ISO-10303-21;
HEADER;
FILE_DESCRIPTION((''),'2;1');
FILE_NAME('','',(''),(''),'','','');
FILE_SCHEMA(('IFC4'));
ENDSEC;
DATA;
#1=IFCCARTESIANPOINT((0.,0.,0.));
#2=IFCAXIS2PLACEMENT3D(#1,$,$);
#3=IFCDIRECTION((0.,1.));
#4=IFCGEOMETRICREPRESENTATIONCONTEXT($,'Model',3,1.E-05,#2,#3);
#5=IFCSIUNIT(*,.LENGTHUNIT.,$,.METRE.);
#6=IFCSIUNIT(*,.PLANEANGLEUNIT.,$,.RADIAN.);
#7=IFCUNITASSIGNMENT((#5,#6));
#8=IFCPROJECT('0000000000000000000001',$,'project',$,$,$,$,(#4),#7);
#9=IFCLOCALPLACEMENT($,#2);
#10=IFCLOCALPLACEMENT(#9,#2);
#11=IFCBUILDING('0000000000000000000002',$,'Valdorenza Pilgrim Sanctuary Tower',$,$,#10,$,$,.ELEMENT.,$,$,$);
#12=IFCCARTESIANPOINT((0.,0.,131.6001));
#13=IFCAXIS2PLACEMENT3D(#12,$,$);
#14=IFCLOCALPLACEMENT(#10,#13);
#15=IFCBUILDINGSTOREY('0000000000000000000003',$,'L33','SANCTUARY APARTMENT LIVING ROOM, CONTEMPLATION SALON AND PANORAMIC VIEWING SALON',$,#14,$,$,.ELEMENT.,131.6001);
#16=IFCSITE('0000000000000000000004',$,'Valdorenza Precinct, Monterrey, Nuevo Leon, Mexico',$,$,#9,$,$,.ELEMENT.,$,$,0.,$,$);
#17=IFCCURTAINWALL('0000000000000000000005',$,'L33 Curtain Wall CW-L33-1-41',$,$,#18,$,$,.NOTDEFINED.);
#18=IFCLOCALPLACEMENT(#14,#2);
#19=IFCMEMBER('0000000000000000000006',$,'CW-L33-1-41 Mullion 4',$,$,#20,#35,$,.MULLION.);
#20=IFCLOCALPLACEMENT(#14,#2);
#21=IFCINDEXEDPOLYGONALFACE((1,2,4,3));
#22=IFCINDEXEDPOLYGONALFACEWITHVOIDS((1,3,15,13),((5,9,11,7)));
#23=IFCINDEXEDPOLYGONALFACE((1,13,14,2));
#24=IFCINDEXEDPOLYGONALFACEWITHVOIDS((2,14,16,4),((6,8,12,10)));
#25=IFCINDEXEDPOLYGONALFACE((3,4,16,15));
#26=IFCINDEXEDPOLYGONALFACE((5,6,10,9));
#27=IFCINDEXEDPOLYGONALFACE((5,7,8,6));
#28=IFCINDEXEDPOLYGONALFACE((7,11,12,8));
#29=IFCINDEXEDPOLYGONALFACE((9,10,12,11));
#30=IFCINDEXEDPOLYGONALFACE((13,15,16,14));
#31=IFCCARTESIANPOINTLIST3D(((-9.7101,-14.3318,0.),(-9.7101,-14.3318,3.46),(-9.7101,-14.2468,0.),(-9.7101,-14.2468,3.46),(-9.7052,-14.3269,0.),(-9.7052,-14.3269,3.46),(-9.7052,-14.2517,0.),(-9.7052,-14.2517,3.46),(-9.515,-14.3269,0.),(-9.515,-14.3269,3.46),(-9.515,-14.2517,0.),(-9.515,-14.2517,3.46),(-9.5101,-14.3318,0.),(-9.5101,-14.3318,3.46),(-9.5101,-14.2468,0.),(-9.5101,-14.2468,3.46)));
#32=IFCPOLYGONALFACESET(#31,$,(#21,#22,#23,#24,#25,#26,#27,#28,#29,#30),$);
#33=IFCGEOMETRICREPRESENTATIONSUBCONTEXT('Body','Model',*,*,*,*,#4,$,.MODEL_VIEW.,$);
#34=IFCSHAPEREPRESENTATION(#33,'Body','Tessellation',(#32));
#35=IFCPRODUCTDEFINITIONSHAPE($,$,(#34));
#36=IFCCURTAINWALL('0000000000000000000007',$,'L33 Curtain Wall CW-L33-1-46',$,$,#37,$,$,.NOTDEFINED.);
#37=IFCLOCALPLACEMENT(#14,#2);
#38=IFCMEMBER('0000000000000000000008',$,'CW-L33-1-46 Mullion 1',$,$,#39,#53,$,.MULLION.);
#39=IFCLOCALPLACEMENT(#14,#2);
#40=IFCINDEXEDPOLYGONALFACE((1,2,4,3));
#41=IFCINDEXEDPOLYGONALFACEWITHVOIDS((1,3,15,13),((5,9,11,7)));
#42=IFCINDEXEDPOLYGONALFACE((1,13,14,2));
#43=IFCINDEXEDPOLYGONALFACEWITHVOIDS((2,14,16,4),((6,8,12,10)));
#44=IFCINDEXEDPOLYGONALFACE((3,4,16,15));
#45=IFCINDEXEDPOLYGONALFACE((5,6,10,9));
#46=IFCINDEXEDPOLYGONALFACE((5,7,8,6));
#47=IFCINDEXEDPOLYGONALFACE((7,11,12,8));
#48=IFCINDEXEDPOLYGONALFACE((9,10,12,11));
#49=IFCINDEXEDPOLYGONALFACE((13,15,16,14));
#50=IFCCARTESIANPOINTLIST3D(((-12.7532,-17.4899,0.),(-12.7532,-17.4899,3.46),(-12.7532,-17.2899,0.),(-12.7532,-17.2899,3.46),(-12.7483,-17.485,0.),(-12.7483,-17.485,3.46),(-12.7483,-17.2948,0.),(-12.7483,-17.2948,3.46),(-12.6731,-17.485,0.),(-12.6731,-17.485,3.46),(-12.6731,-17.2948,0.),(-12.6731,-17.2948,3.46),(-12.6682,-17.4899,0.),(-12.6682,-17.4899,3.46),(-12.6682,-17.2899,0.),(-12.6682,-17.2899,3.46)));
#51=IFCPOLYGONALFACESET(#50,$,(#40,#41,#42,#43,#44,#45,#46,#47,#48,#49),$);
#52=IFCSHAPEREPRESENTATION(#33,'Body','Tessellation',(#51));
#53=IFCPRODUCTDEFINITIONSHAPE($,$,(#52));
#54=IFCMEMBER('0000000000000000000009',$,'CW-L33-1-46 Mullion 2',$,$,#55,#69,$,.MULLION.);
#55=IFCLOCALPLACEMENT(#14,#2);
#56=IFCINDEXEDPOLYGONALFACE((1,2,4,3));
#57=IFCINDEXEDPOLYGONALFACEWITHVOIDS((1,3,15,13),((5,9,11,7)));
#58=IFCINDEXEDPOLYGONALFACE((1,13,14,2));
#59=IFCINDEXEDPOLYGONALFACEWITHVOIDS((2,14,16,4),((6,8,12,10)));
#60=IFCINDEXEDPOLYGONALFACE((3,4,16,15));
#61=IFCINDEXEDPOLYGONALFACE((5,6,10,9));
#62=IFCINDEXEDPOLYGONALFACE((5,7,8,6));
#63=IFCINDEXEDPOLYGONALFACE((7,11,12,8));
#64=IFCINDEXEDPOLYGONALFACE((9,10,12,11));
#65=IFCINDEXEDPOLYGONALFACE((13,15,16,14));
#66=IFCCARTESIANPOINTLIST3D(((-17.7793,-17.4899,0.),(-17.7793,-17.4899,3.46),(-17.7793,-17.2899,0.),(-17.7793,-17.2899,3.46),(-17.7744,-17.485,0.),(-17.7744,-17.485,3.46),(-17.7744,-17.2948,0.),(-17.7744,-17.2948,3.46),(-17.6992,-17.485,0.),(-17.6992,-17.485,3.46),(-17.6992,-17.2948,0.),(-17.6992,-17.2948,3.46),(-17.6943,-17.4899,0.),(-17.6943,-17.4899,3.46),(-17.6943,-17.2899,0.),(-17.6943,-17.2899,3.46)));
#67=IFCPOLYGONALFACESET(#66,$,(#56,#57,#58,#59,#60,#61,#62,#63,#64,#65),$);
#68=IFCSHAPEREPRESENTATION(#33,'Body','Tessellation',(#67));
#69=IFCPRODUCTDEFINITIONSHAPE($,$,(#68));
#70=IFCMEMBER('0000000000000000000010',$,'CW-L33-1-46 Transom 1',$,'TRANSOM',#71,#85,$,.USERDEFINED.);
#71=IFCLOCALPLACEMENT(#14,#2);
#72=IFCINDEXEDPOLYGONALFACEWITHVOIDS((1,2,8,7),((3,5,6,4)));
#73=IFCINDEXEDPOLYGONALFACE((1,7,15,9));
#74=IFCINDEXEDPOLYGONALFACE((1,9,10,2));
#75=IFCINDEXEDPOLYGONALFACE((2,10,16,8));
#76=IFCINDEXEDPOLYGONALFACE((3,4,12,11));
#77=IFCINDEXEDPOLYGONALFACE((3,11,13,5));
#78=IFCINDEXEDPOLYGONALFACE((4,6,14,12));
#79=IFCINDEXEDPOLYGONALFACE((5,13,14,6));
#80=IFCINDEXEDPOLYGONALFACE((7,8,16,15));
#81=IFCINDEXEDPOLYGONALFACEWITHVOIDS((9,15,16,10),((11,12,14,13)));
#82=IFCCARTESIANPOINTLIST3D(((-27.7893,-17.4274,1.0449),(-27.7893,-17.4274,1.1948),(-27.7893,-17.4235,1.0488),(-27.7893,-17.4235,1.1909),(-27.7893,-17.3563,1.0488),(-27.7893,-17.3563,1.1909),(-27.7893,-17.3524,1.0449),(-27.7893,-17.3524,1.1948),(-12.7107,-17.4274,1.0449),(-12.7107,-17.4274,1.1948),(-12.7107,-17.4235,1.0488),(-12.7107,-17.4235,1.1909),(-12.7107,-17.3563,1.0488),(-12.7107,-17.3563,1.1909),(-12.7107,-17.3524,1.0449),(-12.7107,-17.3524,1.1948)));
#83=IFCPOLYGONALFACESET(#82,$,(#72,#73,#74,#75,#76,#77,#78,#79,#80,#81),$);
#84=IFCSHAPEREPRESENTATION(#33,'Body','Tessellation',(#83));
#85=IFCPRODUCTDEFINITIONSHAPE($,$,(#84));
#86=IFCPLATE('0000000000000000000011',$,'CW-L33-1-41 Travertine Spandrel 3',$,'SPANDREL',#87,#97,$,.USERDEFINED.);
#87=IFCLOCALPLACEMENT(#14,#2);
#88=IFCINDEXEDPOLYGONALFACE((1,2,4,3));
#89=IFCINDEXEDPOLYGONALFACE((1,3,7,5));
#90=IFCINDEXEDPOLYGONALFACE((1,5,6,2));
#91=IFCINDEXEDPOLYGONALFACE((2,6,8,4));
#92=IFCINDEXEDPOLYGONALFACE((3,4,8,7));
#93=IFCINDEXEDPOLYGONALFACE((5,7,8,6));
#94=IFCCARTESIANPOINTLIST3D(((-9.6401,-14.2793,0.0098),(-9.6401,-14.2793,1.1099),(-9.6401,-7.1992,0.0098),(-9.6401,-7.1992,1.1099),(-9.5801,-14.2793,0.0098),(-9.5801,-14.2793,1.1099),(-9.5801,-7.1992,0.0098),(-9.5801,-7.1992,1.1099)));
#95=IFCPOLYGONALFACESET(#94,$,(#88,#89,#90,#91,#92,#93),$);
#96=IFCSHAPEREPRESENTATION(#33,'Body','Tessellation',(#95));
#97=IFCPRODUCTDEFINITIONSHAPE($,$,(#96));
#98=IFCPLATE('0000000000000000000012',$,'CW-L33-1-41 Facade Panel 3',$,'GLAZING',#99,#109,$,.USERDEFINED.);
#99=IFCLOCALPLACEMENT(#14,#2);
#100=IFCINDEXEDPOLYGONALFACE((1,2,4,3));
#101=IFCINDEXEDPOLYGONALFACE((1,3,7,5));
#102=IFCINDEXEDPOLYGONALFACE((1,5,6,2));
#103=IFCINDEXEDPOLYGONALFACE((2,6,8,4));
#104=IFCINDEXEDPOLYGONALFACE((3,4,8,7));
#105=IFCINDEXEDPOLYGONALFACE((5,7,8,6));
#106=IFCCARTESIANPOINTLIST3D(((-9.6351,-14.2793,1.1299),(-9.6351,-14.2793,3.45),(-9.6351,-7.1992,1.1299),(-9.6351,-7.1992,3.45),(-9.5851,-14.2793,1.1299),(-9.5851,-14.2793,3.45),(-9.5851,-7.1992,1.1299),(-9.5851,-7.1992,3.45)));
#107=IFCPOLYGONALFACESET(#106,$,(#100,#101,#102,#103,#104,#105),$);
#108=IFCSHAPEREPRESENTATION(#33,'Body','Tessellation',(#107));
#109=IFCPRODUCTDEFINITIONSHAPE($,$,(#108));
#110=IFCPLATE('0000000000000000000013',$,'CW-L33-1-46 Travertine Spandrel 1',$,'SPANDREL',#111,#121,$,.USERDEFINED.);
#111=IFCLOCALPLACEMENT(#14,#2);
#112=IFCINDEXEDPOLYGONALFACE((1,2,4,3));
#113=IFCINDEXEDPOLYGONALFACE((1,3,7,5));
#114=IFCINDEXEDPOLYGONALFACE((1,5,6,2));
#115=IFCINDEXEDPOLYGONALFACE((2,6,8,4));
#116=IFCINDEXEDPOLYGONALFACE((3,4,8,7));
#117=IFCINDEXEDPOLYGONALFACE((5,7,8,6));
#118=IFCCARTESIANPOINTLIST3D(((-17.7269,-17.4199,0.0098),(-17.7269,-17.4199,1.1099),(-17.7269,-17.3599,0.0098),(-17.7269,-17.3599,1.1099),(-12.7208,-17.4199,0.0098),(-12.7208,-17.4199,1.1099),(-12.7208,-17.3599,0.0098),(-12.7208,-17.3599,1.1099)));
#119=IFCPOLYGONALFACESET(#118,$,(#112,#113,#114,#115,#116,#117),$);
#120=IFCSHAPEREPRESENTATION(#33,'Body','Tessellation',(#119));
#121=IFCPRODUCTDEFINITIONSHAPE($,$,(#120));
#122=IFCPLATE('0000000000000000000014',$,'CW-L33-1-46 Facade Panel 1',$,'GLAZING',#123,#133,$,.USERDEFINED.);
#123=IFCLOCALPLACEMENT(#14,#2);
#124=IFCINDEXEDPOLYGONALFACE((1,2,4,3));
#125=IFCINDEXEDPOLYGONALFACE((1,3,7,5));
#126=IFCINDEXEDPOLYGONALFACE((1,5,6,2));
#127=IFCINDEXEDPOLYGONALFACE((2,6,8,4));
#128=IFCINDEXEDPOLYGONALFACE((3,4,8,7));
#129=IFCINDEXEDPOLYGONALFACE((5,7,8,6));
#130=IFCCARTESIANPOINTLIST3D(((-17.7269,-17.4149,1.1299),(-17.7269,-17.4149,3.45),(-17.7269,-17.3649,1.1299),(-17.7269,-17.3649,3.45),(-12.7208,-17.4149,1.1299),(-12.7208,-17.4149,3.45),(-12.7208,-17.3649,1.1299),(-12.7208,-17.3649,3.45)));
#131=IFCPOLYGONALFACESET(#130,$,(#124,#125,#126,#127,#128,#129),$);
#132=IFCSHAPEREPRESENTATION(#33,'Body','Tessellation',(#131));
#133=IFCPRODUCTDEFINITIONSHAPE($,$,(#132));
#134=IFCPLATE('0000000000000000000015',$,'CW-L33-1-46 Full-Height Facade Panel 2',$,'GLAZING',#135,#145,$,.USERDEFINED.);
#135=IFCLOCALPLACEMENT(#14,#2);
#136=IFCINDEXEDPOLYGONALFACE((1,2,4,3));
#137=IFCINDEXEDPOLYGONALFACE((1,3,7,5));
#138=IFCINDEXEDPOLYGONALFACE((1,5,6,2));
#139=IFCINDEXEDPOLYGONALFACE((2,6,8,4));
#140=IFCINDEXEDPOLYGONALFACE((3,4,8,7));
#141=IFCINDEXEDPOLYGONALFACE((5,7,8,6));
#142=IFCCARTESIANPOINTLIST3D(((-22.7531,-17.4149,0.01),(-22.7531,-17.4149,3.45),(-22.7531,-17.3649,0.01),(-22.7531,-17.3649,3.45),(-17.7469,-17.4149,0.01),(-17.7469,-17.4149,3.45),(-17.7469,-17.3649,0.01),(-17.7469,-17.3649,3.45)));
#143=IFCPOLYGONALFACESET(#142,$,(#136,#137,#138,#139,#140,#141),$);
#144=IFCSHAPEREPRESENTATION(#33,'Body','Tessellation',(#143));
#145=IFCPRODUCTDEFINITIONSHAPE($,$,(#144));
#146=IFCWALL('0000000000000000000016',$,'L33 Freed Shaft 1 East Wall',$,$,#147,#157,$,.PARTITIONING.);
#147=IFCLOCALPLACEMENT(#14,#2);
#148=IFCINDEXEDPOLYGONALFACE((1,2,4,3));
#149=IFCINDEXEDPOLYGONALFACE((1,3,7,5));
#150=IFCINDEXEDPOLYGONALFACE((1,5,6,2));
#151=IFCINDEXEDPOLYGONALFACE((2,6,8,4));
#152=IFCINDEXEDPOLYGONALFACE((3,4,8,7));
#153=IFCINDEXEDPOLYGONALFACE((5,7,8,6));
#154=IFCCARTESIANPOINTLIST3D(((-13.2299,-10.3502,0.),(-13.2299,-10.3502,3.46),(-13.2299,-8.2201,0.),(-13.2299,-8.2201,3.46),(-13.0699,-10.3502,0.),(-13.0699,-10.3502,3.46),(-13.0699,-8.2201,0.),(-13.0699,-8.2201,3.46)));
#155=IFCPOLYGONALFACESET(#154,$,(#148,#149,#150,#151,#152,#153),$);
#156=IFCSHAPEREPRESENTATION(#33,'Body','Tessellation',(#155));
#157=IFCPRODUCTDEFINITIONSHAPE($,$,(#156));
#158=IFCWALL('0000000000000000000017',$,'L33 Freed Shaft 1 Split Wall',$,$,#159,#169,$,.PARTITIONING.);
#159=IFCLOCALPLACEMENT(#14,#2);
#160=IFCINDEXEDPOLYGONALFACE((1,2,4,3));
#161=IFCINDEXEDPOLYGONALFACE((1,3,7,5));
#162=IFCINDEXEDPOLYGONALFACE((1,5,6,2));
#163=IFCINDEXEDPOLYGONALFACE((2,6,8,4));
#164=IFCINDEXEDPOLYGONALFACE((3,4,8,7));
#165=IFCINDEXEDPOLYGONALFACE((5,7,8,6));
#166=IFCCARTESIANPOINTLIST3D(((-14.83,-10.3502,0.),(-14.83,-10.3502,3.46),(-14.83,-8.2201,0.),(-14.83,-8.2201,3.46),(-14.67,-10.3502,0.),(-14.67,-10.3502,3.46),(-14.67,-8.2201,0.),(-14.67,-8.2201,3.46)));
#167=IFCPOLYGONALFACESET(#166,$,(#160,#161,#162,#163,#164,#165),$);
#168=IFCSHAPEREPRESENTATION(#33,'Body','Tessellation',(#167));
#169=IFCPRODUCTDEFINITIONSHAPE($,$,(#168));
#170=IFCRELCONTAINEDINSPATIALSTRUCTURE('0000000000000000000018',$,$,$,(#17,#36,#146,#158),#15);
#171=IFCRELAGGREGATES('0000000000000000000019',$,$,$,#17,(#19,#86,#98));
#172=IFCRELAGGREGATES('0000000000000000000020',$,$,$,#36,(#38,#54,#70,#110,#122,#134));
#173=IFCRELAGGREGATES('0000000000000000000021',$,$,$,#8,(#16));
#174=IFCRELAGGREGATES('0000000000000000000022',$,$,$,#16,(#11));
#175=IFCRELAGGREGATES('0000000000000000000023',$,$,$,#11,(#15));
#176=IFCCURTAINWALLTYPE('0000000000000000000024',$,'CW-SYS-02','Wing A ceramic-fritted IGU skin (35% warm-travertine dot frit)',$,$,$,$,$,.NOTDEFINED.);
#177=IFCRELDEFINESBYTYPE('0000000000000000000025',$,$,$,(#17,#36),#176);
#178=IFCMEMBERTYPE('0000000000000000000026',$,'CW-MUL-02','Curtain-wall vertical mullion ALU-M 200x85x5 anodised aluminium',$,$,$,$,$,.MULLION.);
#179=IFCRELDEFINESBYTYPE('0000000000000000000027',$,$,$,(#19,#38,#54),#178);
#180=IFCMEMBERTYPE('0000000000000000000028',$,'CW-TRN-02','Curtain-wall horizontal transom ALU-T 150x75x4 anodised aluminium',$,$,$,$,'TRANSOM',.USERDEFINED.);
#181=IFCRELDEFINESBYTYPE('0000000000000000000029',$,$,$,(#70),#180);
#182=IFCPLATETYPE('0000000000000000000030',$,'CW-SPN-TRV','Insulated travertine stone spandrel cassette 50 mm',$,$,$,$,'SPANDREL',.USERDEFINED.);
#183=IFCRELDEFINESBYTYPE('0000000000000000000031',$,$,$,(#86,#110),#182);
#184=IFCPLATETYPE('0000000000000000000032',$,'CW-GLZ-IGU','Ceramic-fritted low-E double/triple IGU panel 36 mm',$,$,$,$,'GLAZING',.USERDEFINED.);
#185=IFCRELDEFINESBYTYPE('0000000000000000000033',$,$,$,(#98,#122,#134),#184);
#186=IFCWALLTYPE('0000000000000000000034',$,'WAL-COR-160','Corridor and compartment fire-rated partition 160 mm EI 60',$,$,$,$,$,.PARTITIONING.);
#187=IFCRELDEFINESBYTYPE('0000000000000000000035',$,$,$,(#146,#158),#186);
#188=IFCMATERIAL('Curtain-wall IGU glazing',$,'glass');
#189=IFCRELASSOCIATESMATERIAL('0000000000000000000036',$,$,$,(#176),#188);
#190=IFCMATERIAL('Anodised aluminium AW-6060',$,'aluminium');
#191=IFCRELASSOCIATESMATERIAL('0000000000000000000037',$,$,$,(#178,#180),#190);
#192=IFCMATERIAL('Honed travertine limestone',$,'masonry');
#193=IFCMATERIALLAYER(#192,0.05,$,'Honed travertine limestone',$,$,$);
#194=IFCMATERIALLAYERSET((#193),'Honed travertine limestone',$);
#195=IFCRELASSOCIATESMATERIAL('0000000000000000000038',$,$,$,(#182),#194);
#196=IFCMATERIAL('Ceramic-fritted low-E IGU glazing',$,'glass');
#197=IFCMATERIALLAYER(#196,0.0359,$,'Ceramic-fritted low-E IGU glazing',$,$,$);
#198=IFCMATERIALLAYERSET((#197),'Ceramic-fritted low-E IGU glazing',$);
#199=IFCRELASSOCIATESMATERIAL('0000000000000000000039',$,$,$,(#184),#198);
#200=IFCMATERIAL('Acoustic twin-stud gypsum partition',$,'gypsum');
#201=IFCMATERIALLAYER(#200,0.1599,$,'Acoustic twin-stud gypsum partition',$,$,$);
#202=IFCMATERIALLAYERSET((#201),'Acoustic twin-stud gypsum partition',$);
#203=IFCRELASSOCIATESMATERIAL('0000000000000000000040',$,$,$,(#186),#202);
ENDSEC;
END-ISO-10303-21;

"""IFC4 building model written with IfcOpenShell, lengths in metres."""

from ifc_helpers import new_model, si_unit, direction, frame, frame_2d, origin, origin_2d, place, context, subcontext, project, spatial, rectangle, hollow_rectangle, extrude, source, transform, mapped, material, layer, layer_set, material_profile, profile_set, type_object, element, aggregate, save


model = new_model("IFC4")

# Units and contexts
model_context = context("Model", 3, precision=1e-05, world=origin(), true_north=direction((0.0, 1.0)))
body_context = subcontext(model_context, "Body", "Model", "MODEL_VIEW")
ifc_project = project(units=[si_unit("LENGTHUNIT", "METRE"), si_unit("PLANEANGLEUNIT", "RADIAN")], contexts=[model_context])

# Site, building, storey
site_placement = place(None, origin())
site = spatial("IfcSite", under=ifc_project, at=site_placement, Name="Valdorenza Precinct, Monterrey, Nuevo Leon, Mexico", CompositionType="ELEMENT", RefElevation=0.0)
building_placement = place(site_placement, origin())
building = spatial("IfcBuilding", under=site, at=building_placement, Name="Valdorenza Pilgrim Sanctuary Tower", CompositionType="ELEMENT")
storey_placement = place(building_placement, frame((0.0, 0.0, 131.6001)))
storey = spatial("IfcBuildingStorey", under=building, at=storey_placement, Name="L33", Description="SANCTUARY APARTMENT LIVING ROOM, CONTEMPLATION SALON AND PANORAMIC VIEWING SALON", CompositionType="ELEMENT", Elevation=131.6001)

# Curtain wall, member
ifc_material_1 = material(Name="Curtain-wall IGU glazing", Category="glass")
curtain_wall_type = type_object("IfcCurtainWallType", Name="CW-SYS-02", Description="Wing A ceramic-fritted IGU skin (35% warm-travertine dot frit)", PredefinedType="NOTDEFINED", material=ifc_material_1)
curtain_wall_1_placement = place(storey_placement, origin())
curtain_wall_1 = element("IfcCurtainWall", 1, at=curtain_wall_1_placement, inside=storey, type_object=curtain_wall_type, Name="L33 Curtain Wall CW-L33-1-41", PredefinedType="NOTDEFINED")
ifc_material_2 = material(Name="Anodised aluminium AW-6060", Category="aluminium")
ifc_material_profile_1 = material_profile(ifc_material_2, hollow_rectangle(XDim=0.085, YDim=0.2, WallThickness=0.0049, at=origin_2d()), Name="ALU-M 200x85x5")
ifc_profile_set_1 = profile_set([ifc_material_profile_1], Name="Anodised aluminium AW-6060")
member_type_1 = type_object("IfcMemberType", Name="CW-MUL-02", Description="Curtain-wall vertical mullion ALU-M 200x85x5 anodised aluminium", PredefinedType="MULLION", material=ifc_profile_set_1)
shared_shape_1 = source(origin(), body_context, "Body", "SweptSolid", [
    extrude(hollow_rectangle(XDim=0.085, YDim=0.2, WallThickness=0.0049, at=origin_2d()), origin(), (0.0, 0.0, 1.0), 3.46),
])
member_1_placement = place(storey_placement, frame((-9.6101, -14.2893, 0.0), z_axis=(0.0, 0.0, 1.0), x_axis=(0.0, -1.0, 0.0)))
member_1 = element("IfcMember", 2, at=member_1_placement, type_object=member_type_1, Name="CW-L33-1-41 Mullion 4", PredefinedType="MULLION", context=body_context, shape_type="MappedRepresentation", body=[
    mapped(shared_shape_1, transform((0.0, 0.0, 0.0), x_axis=(1.0, 0.0, 0.0), y_axis=(0.0, 1.0, 0.0), z_axis=(0.0, 0.0, 1.0), scale=1.0)),
])

# Curtain wall, members
curtain_wall_2_placement = place(storey_placement, origin())
curtain_wall_2 = element("IfcCurtainWall", 3, at=curtain_wall_2_placement, inside=storey, type_object=curtain_wall_type, Name="L33 Curtain Wall CW-L33-1-46", PredefinedType="NOTDEFINED")
member_2_placement = place(storey_placement, frame((-12.7107, -17.3899, 0.0), z_axis=(0.0, 0.0, 1.0), x_axis=(-1.0, 0.0, 0.0)))
member_2 = element("IfcMember", 4, at=member_2_placement, type_object=member_type_1, Name="CW-L33-1-46 Mullion 1", PredefinedType="MULLION", context=body_context, shape_type="MappedRepresentation", body=[
    mapped(shared_shape_1, transform((0.0, 0.0, 0.0), x_axis=(1.0, 0.0, 0.0), y_axis=(0.0, 1.0, 0.0), z_axis=(0.0, 0.0, 1.0), scale=1.0)),
])
member_3_placement = place(storey_placement, frame((-17.7368, -17.3899, 0.0), z_axis=(0.0, 0.0, 1.0), x_axis=(-1.0, 0.0, 0.0)))
member_3 = element("IfcMember", 5, at=member_3_placement, type_object=member_type_1, Name="CW-L33-1-46 Mullion 2", PredefinedType="MULLION", context=body_context, shape_type="MappedRepresentation", body=[
    mapped(shared_shape_1, transform((0.0, 0.0, 0.0), x_axis=(1.0, 0.0, 0.0), y_axis=(0.0, 1.0, 0.0), z_axis=(0.0, 0.0, 1.0), scale=1.0)),
])
ifc_material_profile_2 = material_profile(ifc_material_2, hollow_rectangle(XDim=0.075, YDim=0.1499, WallThickness=0.0039, at=origin_2d()), Name="ALU-T 150x75x4")
ifc_profile_set_2 = profile_set([ifc_material_profile_2], Name="Anodised aluminium AW-6060")
member_type_2 = type_object("IfcMemberType", Name="CW-TRN-02", Description="Curtain-wall horizontal transom ALU-T 150x75x4 anodised aluminium", ElementType="TRANSOM", PredefinedType="USERDEFINED", material=ifc_profile_set_2)
shared_shape_2 = source(origin(), body_context, "Body", "SweptSolid", [
    extrude(hollow_rectangle(XDim=0.075, YDim=0.1499, WallThickness=0.0039, at=origin_2d()), origin(), (0.0, 0.0, 1.0), 15.0786),
])
member_4_placement = place(storey_placement, frame((-12.7107, -17.3899, 1.1199), z_axis=(-1.0, 0.0, 0.0), x_axis=(0.0, -1.0, 0.0)))
member_4 = element("IfcMember", 6, at=member_4_placement, type_object=member_type_2, Name="CW-L33-1-46 Transom 1", ObjectType="TRANSOM", PredefinedType="USERDEFINED", context=body_context, shape_type="MappedRepresentation", body=[
    mapped(shared_shape_2, transform((0.0, 0.0, 0.0), x_axis=(1.0, 0.0, 0.0), y_axis=(0.0, 1.0, 0.0), z_axis=(0.0, 0.0, 1.0), scale=1.0)),
])

# Plates
ifc_material_3 = material(Name="Honed travertine limestone", Category="masonry")
ifc_layer_1 = layer(ifc_material_3, 0.05, Name="Honed travertine limestone")
ifc_layer_set_1 = layer_set([ifc_layer_1], Name="Honed travertine limestone")
plate_type_1 = type_object("IfcPlateType", Name="CW-SPN-TRV", Description="Insulated travertine stone spandrel cassette 50 mm", ElementType="SPANDREL", PredefinedType="USERDEFINED", material=ifc_layer_set_1)
shared_shape_3 = source(origin(), body_context, "Body", "SweptSolid", [
    extrude(rectangle(XDim=7.0801, YDim=0.0601, at=origin_2d()), origin(), (0.0, 0.0, 1.0), 1.1001),
])
plate_1_placement = place(storey_placement, frame((-9.6101, -10.7393, 0.0098), z_axis=(0.0, 0.0, 1.0), x_axis=(0.0, -1.0, 0.0)))
plate_1 = element("IfcPlate", 7, at=plate_1_placement, type_object=plate_type_1, Name="CW-L33-1-41 Travertine Spandrel 3", ObjectType="SPANDREL", PredefinedType="USERDEFINED", context=body_context, shape_type="MappedRepresentation", body=[
    mapped(shared_shape_3, transform((0.0, 0.0, 0.0), x_axis=(1.0, 0.0, 0.0), y_axis=(0.0, 1.0, 0.0), z_axis=(0.0, 0.0, 1.0), scale=1.0)),
])
ifc_material_4 = material(Name="Ceramic-fritted low-E IGU glazing", Category="glass")
ifc_layer_2 = layer(ifc_material_4, 0.0359, Name="Ceramic-fritted low-E IGU glazing")
ifc_layer_set_2 = layer_set([ifc_layer_2], Name="Ceramic-fritted low-E IGU glazing")
plate_type_2 = type_object("IfcPlateType", Name="CW-GLZ-IGU", Description="Ceramic-fritted low-E double/triple IGU panel 36 mm", ElementType="GLAZING", PredefinedType="USERDEFINED", material=ifc_layer_set_2)
shared_shape_4 = source(origin(), body_context, "Body", "SweptSolid", [
    extrude(rectangle(XDim=7.0801, YDim=0.05, at=origin_2d()), origin(), (0.0, 0.0, 1.0), 2.3201),
])
plate_2_placement = place(storey_placement, frame((-9.6101, -10.7393, 1.1299), z_axis=(0.0, 0.0, 1.0), x_axis=(0.0, -1.0, 0.0)))
plate_2 = element("IfcPlate", 8, at=plate_2_placement, type_object=plate_type_2, Name="CW-L33-1-41 Facade Panel 3", ObjectType="GLAZING", PredefinedType="USERDEFINED", context=body_context, shape_type="MappedRepresentation", body=[
    mapped(shared_shape_4, transform((0.0, 0.0, 0.0), x_axis=(1.0, 0.0, 0.0), y_axis=(0.0, 1.0, 0.0), z_axis=(0.0, 0.0, 1.0), scale=1.0)),
])
aggregate(curtain_wall_1, [member_1, plate_1, plate_2])
shared_shape_5 = source(origin(), body_context, "Body", "SweptSolid", [
    extrude(rectangle(XDim=5.0061, YDim=0.0601, at=origin_2d()), origin(), (0.0, 0.0, 1.0), 1.1001),
])
plate_3_placement = place(storey_placement, frame((-15.2239, -17.3899, 0.0098), z_axis=(0.0, 0.0, 1.0), x_axis=(-1.0, 0.0, 0.0)))
plate_3 = element("IfcPlate", 9, at=plate_3_placement, type_object=plate_type_1, Name="CW-L33-1-46 Travertine Spandrel 1", ObjectType="SPANDREL", PredefinedType="USERDEFINED", context=body_context, shape_type="MappedRepresentation", body=[
    mapped(shared_shape_5, transform((0.0, 0.0, 0.0), x_axis=(1.0, 0.0, 0.0), y_axis=(0.0, 1.0, 0.0), z_axis=(0.0, 0.0, 1.0), scale=1.0)),
])
shared_shape_6 = source(origin(), body_context, "Body", "SweptSolid", [
    extrude(rectangle(XDim=5.0061, YDim=0.05, at=origin_2d()), origin(), (0.0, 0.0, 1.0), 2.3201),
])
plate_4_placement = place(storey_placement, frame((-15.2239, -17.3899, 1.1299), z_axis=(0.0, 0.0, 1.0), x_axis=(-1.0, 0.0, 0.0)))
plate_4 = element("IfcPlate", 10, at=plate_4_placement, type_object=plate_type_2, Name="CW-L33-1-46 Facade Panel 1", ObjectType="GLAZING", PredefinedType="USERDEFINED", context=body_context, shape_type="MappedRepresentation", body=[
    mapped(shared_shape_6, transform((0.0, 0.0, 0.0), x_axis=(1.0, 0.0, 0.0), y_axis=(0.0, 1.0, 0.0), z_axis=(0.0, 0.0, 1.0), scale=1.0)),
])
shared_shape_7 = source(origin(), body_context, "Body", "SweptSolid", [
    extrude(rectangle(XDim=5.0061, YDim=0.05, at=origin_2d()), origin(), (0.0, 0.0, 1.0), 3.4399),
])
plate_5_placement = place(storey_placement, frame((-20.25, -17.3899, 0.01), z_axis=(0.0, 0.0, 1.0), x_axis=(-1.0, 0.0, 0.0)))
plate_5 = element("IfcPlate", 11, at=plate_5_placement, type_object=plate_type_2, Name="CW-L33-1-46 Full-Height Facade Panel 2", ObjectType="GLAZING", PredefinedType="USERDEFINED", context=body_context, shape_type="MappedRepresentation", body=[
    mapped(shared_shape_7, transform((0.0, 0.0, 0.0), x_axis=(1.0, 0.0, 0.0), y_axis=(0.0, 1.0, 0.0), z_axis=(0.0, 0.0, 1.0), scale=1.0)),
])
aggregate(curtain_wall_2, [member_2, member_3, member_4, plate_3, plate_4, plate_5])

# Walls
ifc_material_5 = material(Name="Acoustic twin-stud gypsum partition", Category="gypsum")
ifc_layer_3 = layer(ifc_material_5, 0.1599, Name="Acoustic twin-stud gypsum partition")
ifc_layer_set_3 = layer_set([ifc_layer_3], Name="Acoustic twin-stud gypsum partition")
wall_type_1 = type_object("IfcWallType", Name="WAL-COR-160", Description="Corridor and compartment fire-rated partition 160 mm EI 60", PredefinedType="PARTITIONING", material=ifc_layer_set_3)
for number, where, z_axis, x_axis, name in (
    (12, (-13.1499, -10.3501, 0.0), (0.0, 0.0, 1.0), (0.0, 1.0, 0.0), "L33 Freed Shaft 1 East Wall"),
    (13, (-14.75, -10.3501, 0.0), (0.0, 0.0, 1.0), (0.0, 1.0, 0.0), "L33 Freed Shaft 1 Split Wall"),
):
    element("IfcWall", number, at=place(storey_placement, frame(where, z_axis=z_axis, x_axis=x_axis)), inside=storey, type_object=wall_type_1, Name=name, PredefinedType="PARTITIONING", context=body_context, shape_type="SweptSolid", body=[
        extrude(rectangle(XDim=2.1301, YDim=0.1599, at=frame_2d((1.0649, 0.0))), origin(), (0.0, 0.0, 1.0), 3.46),
    ])

save(model, "model.ifc")
